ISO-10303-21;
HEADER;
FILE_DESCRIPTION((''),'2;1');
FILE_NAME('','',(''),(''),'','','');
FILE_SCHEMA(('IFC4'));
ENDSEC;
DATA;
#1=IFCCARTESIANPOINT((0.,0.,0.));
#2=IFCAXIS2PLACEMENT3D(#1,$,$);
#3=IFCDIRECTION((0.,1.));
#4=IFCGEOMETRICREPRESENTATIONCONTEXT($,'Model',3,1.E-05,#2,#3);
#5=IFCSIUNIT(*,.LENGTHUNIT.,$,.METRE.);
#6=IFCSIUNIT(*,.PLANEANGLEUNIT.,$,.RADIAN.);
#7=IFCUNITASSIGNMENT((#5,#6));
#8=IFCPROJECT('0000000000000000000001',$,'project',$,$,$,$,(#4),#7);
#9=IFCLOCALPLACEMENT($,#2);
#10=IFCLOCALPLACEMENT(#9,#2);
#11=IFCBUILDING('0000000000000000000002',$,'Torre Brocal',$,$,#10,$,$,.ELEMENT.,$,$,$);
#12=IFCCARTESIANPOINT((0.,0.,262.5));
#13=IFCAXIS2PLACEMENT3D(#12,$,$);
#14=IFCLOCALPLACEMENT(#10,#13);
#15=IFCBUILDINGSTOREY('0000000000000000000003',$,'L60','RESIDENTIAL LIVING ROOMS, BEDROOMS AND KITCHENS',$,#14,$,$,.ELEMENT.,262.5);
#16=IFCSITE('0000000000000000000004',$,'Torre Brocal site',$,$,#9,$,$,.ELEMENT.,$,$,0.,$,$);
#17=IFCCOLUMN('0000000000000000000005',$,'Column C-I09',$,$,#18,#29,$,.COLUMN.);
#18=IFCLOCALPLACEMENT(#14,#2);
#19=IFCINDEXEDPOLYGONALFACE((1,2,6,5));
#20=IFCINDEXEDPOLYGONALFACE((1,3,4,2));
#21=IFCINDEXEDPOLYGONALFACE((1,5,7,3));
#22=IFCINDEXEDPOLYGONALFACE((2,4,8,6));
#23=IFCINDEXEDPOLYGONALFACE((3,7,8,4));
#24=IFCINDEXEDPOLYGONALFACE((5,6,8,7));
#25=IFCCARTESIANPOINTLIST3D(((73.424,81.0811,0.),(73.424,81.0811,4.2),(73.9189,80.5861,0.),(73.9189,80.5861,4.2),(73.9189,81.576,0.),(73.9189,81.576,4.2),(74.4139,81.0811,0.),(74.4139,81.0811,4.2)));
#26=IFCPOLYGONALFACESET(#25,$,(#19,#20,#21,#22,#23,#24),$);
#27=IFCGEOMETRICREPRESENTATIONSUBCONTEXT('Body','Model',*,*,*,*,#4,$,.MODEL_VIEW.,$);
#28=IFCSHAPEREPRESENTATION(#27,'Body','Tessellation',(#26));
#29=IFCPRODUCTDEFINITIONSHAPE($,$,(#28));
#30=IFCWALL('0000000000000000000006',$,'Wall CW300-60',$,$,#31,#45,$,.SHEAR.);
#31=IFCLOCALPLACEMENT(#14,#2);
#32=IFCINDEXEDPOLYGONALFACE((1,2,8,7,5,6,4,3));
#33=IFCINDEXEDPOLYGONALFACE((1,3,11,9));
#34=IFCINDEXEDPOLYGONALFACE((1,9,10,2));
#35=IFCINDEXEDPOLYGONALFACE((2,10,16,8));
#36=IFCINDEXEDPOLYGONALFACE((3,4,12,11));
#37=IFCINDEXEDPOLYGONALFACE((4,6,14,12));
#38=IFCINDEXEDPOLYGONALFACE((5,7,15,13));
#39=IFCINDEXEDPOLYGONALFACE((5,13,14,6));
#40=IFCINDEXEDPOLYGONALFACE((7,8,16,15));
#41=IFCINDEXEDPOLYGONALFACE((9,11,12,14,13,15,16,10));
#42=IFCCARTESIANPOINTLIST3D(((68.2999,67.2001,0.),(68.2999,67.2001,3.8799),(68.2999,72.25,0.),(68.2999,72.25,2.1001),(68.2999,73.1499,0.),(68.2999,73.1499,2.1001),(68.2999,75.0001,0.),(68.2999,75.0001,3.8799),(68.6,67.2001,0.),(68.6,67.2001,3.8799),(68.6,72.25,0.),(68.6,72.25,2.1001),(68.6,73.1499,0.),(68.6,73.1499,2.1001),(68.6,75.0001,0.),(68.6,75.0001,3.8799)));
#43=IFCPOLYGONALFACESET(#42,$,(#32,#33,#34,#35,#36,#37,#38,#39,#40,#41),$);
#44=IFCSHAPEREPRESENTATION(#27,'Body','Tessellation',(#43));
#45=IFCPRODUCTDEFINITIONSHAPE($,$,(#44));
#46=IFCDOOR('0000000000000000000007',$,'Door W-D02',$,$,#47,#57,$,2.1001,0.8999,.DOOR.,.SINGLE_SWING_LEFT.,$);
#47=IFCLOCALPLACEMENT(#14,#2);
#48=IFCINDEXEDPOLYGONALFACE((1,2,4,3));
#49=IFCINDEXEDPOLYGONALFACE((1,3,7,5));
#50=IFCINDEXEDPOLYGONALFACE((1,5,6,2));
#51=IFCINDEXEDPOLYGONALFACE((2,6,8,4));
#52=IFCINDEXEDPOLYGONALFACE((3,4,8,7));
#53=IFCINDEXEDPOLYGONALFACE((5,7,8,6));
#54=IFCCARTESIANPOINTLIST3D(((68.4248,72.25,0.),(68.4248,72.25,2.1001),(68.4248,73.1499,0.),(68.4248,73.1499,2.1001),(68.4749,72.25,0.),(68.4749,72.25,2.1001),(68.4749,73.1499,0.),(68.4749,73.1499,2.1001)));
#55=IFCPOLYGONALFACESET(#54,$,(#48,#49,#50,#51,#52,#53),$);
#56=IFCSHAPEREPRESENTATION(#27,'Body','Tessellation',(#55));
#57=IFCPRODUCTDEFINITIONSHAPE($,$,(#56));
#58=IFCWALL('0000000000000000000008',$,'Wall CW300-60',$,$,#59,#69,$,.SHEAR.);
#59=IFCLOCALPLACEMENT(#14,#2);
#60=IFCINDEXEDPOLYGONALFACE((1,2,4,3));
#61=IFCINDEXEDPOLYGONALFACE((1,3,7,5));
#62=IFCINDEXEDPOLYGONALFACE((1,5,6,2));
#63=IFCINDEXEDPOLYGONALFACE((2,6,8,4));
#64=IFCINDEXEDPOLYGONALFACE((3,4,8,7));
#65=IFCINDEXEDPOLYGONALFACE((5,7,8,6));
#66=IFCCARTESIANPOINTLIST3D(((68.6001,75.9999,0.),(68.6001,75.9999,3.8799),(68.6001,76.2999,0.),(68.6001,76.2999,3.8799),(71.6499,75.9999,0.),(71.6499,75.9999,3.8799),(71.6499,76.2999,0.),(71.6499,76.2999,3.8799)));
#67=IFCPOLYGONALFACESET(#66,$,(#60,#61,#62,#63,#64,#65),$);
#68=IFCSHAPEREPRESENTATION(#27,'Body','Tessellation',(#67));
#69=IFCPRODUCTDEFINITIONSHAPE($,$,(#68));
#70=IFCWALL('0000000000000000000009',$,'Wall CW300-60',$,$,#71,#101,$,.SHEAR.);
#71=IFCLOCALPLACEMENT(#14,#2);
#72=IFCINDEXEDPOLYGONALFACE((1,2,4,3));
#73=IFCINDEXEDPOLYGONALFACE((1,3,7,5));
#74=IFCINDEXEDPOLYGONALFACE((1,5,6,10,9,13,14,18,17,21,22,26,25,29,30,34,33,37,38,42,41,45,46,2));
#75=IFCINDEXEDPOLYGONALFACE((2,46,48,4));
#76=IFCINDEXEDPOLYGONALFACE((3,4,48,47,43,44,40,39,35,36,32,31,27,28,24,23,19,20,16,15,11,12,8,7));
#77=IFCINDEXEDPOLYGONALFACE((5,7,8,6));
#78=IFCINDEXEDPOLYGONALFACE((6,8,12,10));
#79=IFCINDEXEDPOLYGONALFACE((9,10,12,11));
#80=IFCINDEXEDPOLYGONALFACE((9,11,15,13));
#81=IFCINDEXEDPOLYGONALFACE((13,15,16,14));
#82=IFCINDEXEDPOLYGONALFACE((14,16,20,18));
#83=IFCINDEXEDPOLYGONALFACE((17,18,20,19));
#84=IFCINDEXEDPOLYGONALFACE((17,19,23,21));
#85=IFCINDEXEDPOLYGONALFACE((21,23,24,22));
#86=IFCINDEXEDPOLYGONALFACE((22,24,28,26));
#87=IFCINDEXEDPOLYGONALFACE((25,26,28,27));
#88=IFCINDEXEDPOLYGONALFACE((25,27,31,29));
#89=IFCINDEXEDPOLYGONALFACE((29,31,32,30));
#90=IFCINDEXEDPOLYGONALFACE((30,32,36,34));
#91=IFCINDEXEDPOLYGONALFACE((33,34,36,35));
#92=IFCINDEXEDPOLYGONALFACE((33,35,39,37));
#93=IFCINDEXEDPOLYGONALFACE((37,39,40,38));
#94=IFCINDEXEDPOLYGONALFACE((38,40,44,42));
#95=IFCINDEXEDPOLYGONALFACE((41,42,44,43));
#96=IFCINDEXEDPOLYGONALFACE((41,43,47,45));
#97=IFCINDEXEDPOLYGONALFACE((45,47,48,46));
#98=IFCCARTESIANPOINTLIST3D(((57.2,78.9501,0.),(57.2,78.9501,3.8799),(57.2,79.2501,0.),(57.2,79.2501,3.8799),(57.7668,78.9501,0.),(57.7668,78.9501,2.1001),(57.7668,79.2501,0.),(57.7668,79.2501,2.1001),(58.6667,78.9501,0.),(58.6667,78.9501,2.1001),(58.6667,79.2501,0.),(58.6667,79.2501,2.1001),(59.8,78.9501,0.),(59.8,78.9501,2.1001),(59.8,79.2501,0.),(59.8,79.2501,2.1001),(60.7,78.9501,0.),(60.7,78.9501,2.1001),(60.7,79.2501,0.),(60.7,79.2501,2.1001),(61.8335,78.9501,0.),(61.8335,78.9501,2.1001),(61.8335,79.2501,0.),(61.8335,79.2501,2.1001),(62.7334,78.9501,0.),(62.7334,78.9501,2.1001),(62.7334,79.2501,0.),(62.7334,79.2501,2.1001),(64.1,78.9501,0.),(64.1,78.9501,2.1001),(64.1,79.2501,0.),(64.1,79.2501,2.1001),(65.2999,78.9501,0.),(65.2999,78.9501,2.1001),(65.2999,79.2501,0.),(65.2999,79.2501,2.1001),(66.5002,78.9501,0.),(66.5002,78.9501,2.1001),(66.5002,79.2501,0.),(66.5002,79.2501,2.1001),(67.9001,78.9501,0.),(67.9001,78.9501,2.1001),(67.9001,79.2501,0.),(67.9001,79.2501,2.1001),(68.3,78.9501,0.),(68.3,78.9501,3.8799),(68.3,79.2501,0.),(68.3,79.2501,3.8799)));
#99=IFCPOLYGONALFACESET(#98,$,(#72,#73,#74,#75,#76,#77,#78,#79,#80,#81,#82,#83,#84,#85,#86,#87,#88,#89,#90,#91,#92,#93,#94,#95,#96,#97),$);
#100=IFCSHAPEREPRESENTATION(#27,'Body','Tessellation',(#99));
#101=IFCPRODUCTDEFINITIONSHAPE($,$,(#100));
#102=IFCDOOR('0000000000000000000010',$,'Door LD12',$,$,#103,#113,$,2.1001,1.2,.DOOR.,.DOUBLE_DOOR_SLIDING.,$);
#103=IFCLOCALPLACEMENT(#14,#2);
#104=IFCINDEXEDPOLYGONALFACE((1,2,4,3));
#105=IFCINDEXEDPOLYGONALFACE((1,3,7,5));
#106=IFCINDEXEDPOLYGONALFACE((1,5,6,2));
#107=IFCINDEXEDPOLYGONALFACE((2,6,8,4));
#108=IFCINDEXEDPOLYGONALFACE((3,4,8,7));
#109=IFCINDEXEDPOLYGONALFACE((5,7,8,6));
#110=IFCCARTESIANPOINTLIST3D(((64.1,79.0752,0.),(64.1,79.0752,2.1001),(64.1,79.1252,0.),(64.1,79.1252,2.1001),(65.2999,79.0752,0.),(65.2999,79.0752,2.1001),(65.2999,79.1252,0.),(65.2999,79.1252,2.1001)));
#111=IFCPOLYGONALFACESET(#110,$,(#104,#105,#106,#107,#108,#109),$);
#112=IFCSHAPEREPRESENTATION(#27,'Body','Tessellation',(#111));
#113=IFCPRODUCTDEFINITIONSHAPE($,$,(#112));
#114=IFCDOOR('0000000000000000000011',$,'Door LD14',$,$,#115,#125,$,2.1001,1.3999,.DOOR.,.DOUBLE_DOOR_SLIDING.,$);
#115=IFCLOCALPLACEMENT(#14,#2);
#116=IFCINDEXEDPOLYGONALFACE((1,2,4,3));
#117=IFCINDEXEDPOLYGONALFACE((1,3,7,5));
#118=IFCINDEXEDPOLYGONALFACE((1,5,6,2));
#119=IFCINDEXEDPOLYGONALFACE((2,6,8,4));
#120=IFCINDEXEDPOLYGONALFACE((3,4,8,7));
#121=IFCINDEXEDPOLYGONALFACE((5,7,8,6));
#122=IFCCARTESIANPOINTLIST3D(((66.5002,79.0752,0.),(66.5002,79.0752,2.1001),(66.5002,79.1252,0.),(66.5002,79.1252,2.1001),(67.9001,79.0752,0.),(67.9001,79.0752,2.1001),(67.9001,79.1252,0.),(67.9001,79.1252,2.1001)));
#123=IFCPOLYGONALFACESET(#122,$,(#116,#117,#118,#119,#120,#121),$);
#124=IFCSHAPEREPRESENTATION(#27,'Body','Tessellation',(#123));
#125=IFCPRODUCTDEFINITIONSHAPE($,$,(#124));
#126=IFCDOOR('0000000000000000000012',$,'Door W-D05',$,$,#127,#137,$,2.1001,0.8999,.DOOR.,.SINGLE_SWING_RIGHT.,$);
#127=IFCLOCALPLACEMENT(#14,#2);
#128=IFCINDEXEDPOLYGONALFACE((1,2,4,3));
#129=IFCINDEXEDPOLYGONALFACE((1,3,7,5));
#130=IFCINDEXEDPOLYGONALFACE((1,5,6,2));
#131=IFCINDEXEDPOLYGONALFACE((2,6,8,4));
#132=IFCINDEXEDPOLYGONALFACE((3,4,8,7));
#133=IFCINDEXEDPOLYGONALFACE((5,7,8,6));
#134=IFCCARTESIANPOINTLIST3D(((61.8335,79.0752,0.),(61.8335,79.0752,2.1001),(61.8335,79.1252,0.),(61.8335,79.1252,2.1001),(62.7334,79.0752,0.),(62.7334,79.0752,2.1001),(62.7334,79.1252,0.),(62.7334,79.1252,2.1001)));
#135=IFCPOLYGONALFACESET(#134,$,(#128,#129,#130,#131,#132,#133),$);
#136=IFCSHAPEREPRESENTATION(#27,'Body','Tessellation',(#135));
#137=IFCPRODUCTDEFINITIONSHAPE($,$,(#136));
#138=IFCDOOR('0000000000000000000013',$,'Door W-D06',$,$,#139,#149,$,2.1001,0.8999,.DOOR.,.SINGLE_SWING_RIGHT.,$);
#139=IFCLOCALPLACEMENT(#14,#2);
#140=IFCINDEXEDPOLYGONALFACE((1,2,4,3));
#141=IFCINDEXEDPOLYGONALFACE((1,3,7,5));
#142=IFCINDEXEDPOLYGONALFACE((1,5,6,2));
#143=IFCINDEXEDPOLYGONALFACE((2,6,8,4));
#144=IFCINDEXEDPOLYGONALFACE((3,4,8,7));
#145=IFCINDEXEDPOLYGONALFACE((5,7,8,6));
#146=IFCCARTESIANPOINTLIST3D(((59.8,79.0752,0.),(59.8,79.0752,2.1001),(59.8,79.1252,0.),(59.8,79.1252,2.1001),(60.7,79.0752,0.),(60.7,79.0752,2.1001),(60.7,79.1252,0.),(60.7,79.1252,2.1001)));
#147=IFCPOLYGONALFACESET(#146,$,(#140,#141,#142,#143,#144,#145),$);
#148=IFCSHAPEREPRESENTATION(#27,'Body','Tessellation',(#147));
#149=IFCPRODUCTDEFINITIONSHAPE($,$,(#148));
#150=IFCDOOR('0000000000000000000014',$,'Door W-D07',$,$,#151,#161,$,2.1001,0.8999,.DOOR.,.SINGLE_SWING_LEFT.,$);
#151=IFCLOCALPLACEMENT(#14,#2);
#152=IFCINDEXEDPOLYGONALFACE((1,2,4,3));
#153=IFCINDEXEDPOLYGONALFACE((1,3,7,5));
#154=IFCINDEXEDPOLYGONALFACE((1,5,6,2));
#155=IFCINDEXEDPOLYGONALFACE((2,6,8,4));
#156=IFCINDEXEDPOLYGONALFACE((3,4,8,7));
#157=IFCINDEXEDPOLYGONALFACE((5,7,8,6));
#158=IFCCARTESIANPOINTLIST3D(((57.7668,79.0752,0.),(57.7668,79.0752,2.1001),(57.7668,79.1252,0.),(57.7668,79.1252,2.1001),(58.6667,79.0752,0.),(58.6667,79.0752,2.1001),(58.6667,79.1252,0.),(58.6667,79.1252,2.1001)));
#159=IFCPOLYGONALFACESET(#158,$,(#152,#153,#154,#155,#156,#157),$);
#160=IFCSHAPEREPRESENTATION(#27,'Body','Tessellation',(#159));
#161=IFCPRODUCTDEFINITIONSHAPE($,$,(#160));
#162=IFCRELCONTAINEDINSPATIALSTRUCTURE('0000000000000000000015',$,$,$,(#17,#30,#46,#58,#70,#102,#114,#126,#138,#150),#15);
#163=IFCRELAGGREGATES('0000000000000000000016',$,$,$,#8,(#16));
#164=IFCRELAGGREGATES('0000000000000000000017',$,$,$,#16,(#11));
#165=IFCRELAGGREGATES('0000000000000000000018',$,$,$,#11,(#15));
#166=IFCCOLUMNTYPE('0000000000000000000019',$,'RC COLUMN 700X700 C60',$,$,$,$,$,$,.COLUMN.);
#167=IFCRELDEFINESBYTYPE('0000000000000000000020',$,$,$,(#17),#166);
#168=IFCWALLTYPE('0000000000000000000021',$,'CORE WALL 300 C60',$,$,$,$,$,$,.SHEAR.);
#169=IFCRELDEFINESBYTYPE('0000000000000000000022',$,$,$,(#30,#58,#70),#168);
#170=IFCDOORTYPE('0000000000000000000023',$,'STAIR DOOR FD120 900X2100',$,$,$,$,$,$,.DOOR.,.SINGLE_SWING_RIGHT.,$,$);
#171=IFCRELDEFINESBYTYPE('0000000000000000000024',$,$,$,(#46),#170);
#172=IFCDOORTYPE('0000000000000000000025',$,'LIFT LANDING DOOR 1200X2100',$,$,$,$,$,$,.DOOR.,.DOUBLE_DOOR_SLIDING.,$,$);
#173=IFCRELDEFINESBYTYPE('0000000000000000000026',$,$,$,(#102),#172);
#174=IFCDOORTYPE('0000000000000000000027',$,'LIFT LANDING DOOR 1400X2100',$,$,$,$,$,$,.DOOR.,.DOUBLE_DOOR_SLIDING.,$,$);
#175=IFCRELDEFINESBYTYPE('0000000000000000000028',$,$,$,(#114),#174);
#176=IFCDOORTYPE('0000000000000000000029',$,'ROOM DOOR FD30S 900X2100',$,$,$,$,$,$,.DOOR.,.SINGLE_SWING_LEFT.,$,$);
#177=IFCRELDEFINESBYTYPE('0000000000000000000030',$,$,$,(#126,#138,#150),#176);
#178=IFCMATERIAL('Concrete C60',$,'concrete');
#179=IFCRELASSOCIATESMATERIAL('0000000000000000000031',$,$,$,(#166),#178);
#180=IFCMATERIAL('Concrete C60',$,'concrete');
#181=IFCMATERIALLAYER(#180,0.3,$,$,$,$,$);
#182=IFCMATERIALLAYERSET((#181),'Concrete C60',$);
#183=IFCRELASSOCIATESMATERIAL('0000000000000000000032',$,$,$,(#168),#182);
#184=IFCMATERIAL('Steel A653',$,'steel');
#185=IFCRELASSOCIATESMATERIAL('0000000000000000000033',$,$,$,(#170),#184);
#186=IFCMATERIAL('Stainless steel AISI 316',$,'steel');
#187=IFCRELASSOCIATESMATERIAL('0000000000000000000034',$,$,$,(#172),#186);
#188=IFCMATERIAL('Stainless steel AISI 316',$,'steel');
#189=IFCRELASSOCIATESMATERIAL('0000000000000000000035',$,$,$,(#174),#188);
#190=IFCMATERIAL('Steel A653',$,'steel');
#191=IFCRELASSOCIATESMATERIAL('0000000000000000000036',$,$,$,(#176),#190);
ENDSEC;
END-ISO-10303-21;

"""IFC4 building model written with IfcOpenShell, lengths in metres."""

from ifc_helpers import new_model, si_unit, direction, frame, frame_2d, origin, origin_2d, place, context, subcontext, project, spatial, rectangle, extrude, material, layer, layer_set, material_profile, profile_set, type_object, element, fill, save


model = new_model("IFC4")

# Units and contexts
model_context = context("Model", 3, precision=1e-05, world=origin(), true_north=direction((0.0, 1.0)))
body_context = subcontext(model_context, "Body", "Model", "MODEL_VIEW")
ifc_project = project(units=[si_unit("LENGTHUNIT", "METRE"), si_unit("PLANEANGLEUNIT", "RADIAN")], contexts=[model_context])

# Site, building, storey
site_placement = place(None, origin())
site = spatial("IfcSite", under=ifc_project, at=site_placement, Name="Torre Brocal site", CompositionType="ELEMENT", RefElevation=0.0)
building_placement = place(site_placement, origin())
building = spatial("IfcBuilding", under=site, at=building_placement, Name="Torre Brocal", CompositionType="ELEMENT")
storey_placement = place(building_placement, frame((0.0, 0.0, 262.5)))
storey = spatial("IfcBuildingStorey", under=building, at=storey_placement, Name="L60", Description="RESIDENTIAL LIVING ROOMS, BEDROOMS AND KITCHENS", CompositionType="ELEMENT", Elevation=262.5)

# Column
ifc_material_1 = material(Name="Concrete C60", Category="concrete")
ifc_material_profile = material_profile(ifc_material_1, rectangle(XDim=0.7, YDim=0.7, at=origin_2d()), Name="RC 700X700")
ifc_profile_set = profile_set([ifc_material_profile], Name="Concrete C60")
column_type = type_object("IfcColumnType", Name="RC COLUMN 700X700 C60", PredefinedType="COLUMN", material=ifc_profile_set)
column_placement = place(storey_placement, frame((73.9189, 81.0811, 0.0), z_axis=(0.0, 0.0, 1.0), x_axis=(-0.707107, 0.707107, 0.0)))
element("IfcColumn", 1, at=column_placement, inside=storey, type_object=column_type, Name="Column C-I09", PredefinedType="COLUMN", context=body_context, shape_type="SweptSolid", body=[
    extrude(rectangle(XDim=0.7, YDim=0.7, at=origin_2d()), origin(), (0.0, 0.0, 1.0), 4.2),
])

# Wall, opening, door
ifc_material_2 = material(Name="Concrete C60", Category="concrete")
ifc_layer_1 = layer(ifc_material_2, 0.3)
ifc_layer_set_1 = layer_set([ifc_layer_1], Name="Concrete C60")
wall_type_1 = type_object("IfcWallType", Name="CORE WALL 300 C60", PredefinedType="SHEAR", material=ifc_layer_set_1)
wall_1_placement = place(storey_placement, frame((68.45, 75.0, 0.0), z_axis=(0.0, 0.0, 1.0), x_axis=(0.0, -1.0, 0.0)))
wall_1 = element("IfcWall", 2, at=wall_1_placement, inside=storey, type_object=wall_type_1, Name="Wall CW300-60", PredefinedType="SHEAR", context=body_context, shape_type="SweptSolid", body=[
    extrude(rectangle(XDim=7.8, YDim=0.3, at=frame_2d((3.8999, 0.0))), origin(), (0.0, 0.0, 1.0), 3.8799),
])
opening_1_placement = place(wall_1_placement, frame((1.8501, 0.0, 0.0)))
opening_1 = element("IfcOpeningElement", 3, at=opening_1_placement, cuts=wall_1, PredefinedType="OPENING", context=body_context, shape_type="SweptSolid", body=[
    extrude(rectangle(XDim=0.8999, YDim=2.1001, at=frame_2d((0.45, 1.05))), frame((0.0, 0.1599, 0.0), z_axis=(0.0, -1.0, 0.0), x_axis=(1.0, 0.0, 0.0)), (0.0, 0.0, 1.0), 0.3201),
])
ifc_material_3 = material(Name="Steel A653", Category="steel")
door_type_1 = type_object("IfcDoorType", Name="STAIR DOOR FD120 900X2100", OperationType="SINGLE_SWING_RIGHT", PredefinedType="DOOR", material=ifc_material_3)
door_1_placement = place(opening_1_placement, origin())
door_1 = element("IfcDoor", 4, at=door_1_placement, inside=storey, type_object=door_type_1, Name="Door W-D02", OperationType="SINGLE_SWING_LEFT", OverallHeight=2.1001, OverallWidth=0.8999, PredefinedType="DOOR", context=body_context, shape_type="SweptSolid", body=[
    extrude(rectangle(XDim=0.8999, YDim=2.1001, at=frame_2d((0.45, 1.05))), frame((0.0, 0.0249, 0.0), z_axis=(0.0, -1.0, 0.0), x_axis=(1.0, 0.0, 0.0)), (0.0, 0.0, 1.0), 0.05),
])
fill(opening_1, door_1)

# Wall
wall_2_placement = place(storey_placement, frame((71.6499, 76.1499, 0.0), z_axis=(0.0, 0.0, 1.0), x_axis=(-1.0, 0.0, 0.0)))
element("IfcWall", 5, at=wall_2_placement, inside=storey, type_object=wall_type_1, Name="Wall CW300-60", PredefinedType="SHEAR", context=body_context, shape_type="SweptSolid", body=[
    extrude(rectangle(XDim=3.0498, YDim=0.3, at=frame_2d((1.5249, 0.0))), origin(), (0.0, 0.0, 1.0), 3.8799),
])

# Wall, openings, doors
wall_3_placement = place(storey_placement, frame((68.3, 79.1001, 0.0), z_axis=(0.0, 0.0, 1.0), x_axis=(-1.0, 0.0, 0.0)))
wall_3 = element("IfcWall", 6, at=wall_3_placement, inside=storey, type_object=wall_type_1, Name="Wall CW300-60", PredefinedType="SHEAR", context=body_context, shape_type="SweptSolid", body=[
    extrude(rectangle(XDim=11.1001, YDim=0.3, at=frame_2d((5.55, 0.0))), origin(), (0.0, 0.0, 1.0), 3.8799),
])
opening_2_placement = place(wall_3_placement, frame((0.3999, 0.0, 0.0)))
opening_2 = element("IfcOpeningElement", 7, at=opening_2_placement, cuts=wall_3, PredefinedType="OPENING", context=body_context, shape_type="SweptSolid", body=[
    extrude(rectangle(XDim=1.3999, YDim=2.1001, at=frame_2d((0.7, 1.05))), frame((0.0, 0.1599, 0.0), z_axis=(0.0, -1.0, 0.0), x_axis=(1.0, 0.0, 0.0)), (0.0, 0.0, 1.0), 0.3201),
])
opening_3_placement = place(wall_3_placement, frame((3.0, 0.0, 0.0)))
opening_3 = element("IfcOpeningElement", 8, at=opening_3_placement, cuts=wall_3, PredefinedType="OPENING", context=body_context, shape_type="SweptSolid", body=[
    extrude(rectangle(XDim=1.2, YDim=2.1001, at=frame_2d((0.6001, 1.05))), frame((0.0, 0.1599, 0.0), z_axis=(0.0, -1.0, 0.0), x_axis=(1.0, 0.0, 0.0)), (0.0, 0.0, 1.0), 0.3201),
])
opening_4_placement = place(wall_3_placement, frame((5.5667, 0.0, 0.0)))
opening_4 = element("IfcOpeningElement", 9, at=opening_4_placement, cuts=wall_3, PredefinedType="OPENING", context=body_context, shape_type="SweptSolid", body=[
    extrude(rectangle(XDim=0.8999, YDim=2.1001, at=frame_2d((0.45, 1.05))), frame((0.0, 0.1599, 0.0), z_axis=(0.0, -1.0, 0.0), x_axis=(1.0, 0.0, 0.0)), (0.0, 0.0, 1.0), 0.3201),
])
opening_5_placement = place(wall_3_placement, frame((7.6001, 0.0, 0.0)))
opening_5 = element("IfcOpeningElement", 10, at=opening_5_placement, cuts=wall_3, PredefinedType="OPENING", context=body_context, shape_type="SweptSolid", body=[
    extrude(rectangle(XDim=0.8999, YDim=2.1001, at=frame_2d((0.45, 1.05))), frame((0.0, 0.1599, 0.0), z_axis=(0.0, -1.0, 0.0), x_axis=(1.0, 0.0, 0.0)), (0.0, 0.0, 1.0), 0.3201),
])
opening_6_placement = place(wall_3_placement, frame((9.6333, 0.0, 0.0)))
opening_6 = element("IfcOpeningElement", 11, at=opening_6_placement, cuts=wall_3, PredefinedType="OPENING", context=body_context, shape_type="SweptSolid", body=[
    extrude(rectangle(XDim=0.8999, YDim=2.1001, at=frame_2d((0.45, 1.05))), frame((0.0, 0.1599, 0.0), z_axis=(0.0, -1.0, 0.0), x_axis=(1.0, 0.0, 0.0)), (0.0, 0.0, 1.0), 0.3201),
])
ifc_material_4 = material(Name="Stainless steel AISI 316", Category="steel")
door_type_2 = type_object("IfcDoorType", Name="LIFT LANDING DOOR 1200X2100", OperationType="DOUBLE_DOOR_SLIDING", PredefinedType="DOOR", material=ifc_material_4)
door_2_placement = place(opening_3_placement, origin())
door_2 = element("IfcDoor", 12, at=door_2_placement, inside=storey, type_object=door_type_2, Name="Door LD12", OperationType="DOUBLE_DOOR_SLIDING", OverallHeight=2.1001, OverallWidth=1.2, PredefinedType="DOOR", context=body_context, shape_type="SweptSolid", body=[
    extrude(rectangle(XDim=1.2, YDim=2.1001, at=frame_2d((0.6001, 1.05))), frame((0.0, 0.0249, 0.0), z_axis=(0.0, -1.0, 0.0), x_axis=(1.0, 0.0, 0.0)), (0.0, 0.0, 1.0), 0.05),
])
fill(opening_3, door_2)
ifc_material_5 = material(Name="Stainless steel AISI 316", Category="steel")
door_type_3 = type_object("IfcDoorType", Name="LIFT LANDING DOOR 1400X2100", OperationType="DOUBLE_DOOR_SLIDING", PredefinedType="DOOR", material=ifc_material_5)
door_3_placement = place(opening_2_placement, origin())
door_3 = element("IfcDoor", 13, at=door_3_placement, inside=storey, type_object=door_type_3, Name="Door LD14", OperationType="DOUBLE_DOOR_SLIDING", OverallHeight=2.1001, OverallWidth=1.3999, PredefinedType="DOOR", context=body_context, shape_type="SweptSolid", body=[
    extrude(rectangle(XDim=1.3999, YDim=2.1001, at=frame_2d((0.7, 1.05))), frame((0.0, 0.0249, 0.0), z_axis=(0.0, -1.0, 0.0), x_axis=(1.0, 0.0, 0.0)), (0.0, 0.0, 1.0), 0.05),
])
fill(opening_2, door_3)
ifc_material_6 = material(Name="Steel A653", Category="steel")
door_type_4 = type_object("IfcDoorType", Name="ROOM DOOR FD30S 900X2100", OperationType="SINGLE_SWING_LEFT", PredefinedType="DOOR", material=ifc_material_6)
door_4_placement = place(opening_4_placement, origin())
door_4 = element("IfcDoor", 14, at=door_4_placement, inside=storey, type_object=door_type_4, Name="Door W-D05", OperationType="SINGLE_SWING_RIGHT", OverallHeight=2.1001, OverallWidth=0.8999, PredefinedType="DOOR", context=body_context, shape_type="SweptSolid", body=[
    extrude(rectangle(XDim=0.8999, YDim=2.1001, at=frame_2d((0.45, 1.05))), frame((0.0, 0.0249, 0.0), z_axis=(0.0, -1.0, 0.0), x_axis=(1.0, 0.0, 0.0)), (0.0, 0.0, 1.0), 0.05),
])
fill(opening_4, door_4)
door_5_placement = place(opening_5_placement, origin())
door_5 = element("IfcDoor", 15, at=door_5_placement, inside=storey, type_object=door_type_4, Name="Door W-D06", OperationType="SINGLE_SWING_RIGHT", OverallHeight=2.1001, OverallWidth=0.8999, PredefinedType="DOOR", context=body_context, shape_type="SweptSolid", body=[
    extrude(rectangle(XDim=0.8999, YDim=2.1001, at=frame_2d((0.45, 1.05))), frame((0.0, 0.0249, 0.0), z_axis=(0.0, -1.0, 0.0), x_axis=(1.0, 0.0, 0.0)), (0.0, 0.0, 1.0), 0.05),
])
fill(opening_5, door_5)
door_6_placement = place(opening_6_placement, origin())
door_6 = element("IfcDoor", 16, at=door_6_placement, inside=storey, type_object=door_type_4, Name="Door W-D07", OperationType="SINGLE_SWING_LEFT", OverallHeight=2.1001, OverallWidth=0.8999, PredefinedType="DOOR", context=body_context, shape_type="SweptSolid", body=[
    extrude(rectangle(XDim=0.8999, YDim=2.1001, at=frame_2d((0.45, 1.05))), frame((0.0, 0.0249, 0.0), z_axis=(0.0, -1.0, 0.0), x_axis=(1.0, 0.0, 0.0)), (0.0, 0.0, 1.0), 0.05),
])
fill(opening_6, door_6)

save(model, "model.ifc")
